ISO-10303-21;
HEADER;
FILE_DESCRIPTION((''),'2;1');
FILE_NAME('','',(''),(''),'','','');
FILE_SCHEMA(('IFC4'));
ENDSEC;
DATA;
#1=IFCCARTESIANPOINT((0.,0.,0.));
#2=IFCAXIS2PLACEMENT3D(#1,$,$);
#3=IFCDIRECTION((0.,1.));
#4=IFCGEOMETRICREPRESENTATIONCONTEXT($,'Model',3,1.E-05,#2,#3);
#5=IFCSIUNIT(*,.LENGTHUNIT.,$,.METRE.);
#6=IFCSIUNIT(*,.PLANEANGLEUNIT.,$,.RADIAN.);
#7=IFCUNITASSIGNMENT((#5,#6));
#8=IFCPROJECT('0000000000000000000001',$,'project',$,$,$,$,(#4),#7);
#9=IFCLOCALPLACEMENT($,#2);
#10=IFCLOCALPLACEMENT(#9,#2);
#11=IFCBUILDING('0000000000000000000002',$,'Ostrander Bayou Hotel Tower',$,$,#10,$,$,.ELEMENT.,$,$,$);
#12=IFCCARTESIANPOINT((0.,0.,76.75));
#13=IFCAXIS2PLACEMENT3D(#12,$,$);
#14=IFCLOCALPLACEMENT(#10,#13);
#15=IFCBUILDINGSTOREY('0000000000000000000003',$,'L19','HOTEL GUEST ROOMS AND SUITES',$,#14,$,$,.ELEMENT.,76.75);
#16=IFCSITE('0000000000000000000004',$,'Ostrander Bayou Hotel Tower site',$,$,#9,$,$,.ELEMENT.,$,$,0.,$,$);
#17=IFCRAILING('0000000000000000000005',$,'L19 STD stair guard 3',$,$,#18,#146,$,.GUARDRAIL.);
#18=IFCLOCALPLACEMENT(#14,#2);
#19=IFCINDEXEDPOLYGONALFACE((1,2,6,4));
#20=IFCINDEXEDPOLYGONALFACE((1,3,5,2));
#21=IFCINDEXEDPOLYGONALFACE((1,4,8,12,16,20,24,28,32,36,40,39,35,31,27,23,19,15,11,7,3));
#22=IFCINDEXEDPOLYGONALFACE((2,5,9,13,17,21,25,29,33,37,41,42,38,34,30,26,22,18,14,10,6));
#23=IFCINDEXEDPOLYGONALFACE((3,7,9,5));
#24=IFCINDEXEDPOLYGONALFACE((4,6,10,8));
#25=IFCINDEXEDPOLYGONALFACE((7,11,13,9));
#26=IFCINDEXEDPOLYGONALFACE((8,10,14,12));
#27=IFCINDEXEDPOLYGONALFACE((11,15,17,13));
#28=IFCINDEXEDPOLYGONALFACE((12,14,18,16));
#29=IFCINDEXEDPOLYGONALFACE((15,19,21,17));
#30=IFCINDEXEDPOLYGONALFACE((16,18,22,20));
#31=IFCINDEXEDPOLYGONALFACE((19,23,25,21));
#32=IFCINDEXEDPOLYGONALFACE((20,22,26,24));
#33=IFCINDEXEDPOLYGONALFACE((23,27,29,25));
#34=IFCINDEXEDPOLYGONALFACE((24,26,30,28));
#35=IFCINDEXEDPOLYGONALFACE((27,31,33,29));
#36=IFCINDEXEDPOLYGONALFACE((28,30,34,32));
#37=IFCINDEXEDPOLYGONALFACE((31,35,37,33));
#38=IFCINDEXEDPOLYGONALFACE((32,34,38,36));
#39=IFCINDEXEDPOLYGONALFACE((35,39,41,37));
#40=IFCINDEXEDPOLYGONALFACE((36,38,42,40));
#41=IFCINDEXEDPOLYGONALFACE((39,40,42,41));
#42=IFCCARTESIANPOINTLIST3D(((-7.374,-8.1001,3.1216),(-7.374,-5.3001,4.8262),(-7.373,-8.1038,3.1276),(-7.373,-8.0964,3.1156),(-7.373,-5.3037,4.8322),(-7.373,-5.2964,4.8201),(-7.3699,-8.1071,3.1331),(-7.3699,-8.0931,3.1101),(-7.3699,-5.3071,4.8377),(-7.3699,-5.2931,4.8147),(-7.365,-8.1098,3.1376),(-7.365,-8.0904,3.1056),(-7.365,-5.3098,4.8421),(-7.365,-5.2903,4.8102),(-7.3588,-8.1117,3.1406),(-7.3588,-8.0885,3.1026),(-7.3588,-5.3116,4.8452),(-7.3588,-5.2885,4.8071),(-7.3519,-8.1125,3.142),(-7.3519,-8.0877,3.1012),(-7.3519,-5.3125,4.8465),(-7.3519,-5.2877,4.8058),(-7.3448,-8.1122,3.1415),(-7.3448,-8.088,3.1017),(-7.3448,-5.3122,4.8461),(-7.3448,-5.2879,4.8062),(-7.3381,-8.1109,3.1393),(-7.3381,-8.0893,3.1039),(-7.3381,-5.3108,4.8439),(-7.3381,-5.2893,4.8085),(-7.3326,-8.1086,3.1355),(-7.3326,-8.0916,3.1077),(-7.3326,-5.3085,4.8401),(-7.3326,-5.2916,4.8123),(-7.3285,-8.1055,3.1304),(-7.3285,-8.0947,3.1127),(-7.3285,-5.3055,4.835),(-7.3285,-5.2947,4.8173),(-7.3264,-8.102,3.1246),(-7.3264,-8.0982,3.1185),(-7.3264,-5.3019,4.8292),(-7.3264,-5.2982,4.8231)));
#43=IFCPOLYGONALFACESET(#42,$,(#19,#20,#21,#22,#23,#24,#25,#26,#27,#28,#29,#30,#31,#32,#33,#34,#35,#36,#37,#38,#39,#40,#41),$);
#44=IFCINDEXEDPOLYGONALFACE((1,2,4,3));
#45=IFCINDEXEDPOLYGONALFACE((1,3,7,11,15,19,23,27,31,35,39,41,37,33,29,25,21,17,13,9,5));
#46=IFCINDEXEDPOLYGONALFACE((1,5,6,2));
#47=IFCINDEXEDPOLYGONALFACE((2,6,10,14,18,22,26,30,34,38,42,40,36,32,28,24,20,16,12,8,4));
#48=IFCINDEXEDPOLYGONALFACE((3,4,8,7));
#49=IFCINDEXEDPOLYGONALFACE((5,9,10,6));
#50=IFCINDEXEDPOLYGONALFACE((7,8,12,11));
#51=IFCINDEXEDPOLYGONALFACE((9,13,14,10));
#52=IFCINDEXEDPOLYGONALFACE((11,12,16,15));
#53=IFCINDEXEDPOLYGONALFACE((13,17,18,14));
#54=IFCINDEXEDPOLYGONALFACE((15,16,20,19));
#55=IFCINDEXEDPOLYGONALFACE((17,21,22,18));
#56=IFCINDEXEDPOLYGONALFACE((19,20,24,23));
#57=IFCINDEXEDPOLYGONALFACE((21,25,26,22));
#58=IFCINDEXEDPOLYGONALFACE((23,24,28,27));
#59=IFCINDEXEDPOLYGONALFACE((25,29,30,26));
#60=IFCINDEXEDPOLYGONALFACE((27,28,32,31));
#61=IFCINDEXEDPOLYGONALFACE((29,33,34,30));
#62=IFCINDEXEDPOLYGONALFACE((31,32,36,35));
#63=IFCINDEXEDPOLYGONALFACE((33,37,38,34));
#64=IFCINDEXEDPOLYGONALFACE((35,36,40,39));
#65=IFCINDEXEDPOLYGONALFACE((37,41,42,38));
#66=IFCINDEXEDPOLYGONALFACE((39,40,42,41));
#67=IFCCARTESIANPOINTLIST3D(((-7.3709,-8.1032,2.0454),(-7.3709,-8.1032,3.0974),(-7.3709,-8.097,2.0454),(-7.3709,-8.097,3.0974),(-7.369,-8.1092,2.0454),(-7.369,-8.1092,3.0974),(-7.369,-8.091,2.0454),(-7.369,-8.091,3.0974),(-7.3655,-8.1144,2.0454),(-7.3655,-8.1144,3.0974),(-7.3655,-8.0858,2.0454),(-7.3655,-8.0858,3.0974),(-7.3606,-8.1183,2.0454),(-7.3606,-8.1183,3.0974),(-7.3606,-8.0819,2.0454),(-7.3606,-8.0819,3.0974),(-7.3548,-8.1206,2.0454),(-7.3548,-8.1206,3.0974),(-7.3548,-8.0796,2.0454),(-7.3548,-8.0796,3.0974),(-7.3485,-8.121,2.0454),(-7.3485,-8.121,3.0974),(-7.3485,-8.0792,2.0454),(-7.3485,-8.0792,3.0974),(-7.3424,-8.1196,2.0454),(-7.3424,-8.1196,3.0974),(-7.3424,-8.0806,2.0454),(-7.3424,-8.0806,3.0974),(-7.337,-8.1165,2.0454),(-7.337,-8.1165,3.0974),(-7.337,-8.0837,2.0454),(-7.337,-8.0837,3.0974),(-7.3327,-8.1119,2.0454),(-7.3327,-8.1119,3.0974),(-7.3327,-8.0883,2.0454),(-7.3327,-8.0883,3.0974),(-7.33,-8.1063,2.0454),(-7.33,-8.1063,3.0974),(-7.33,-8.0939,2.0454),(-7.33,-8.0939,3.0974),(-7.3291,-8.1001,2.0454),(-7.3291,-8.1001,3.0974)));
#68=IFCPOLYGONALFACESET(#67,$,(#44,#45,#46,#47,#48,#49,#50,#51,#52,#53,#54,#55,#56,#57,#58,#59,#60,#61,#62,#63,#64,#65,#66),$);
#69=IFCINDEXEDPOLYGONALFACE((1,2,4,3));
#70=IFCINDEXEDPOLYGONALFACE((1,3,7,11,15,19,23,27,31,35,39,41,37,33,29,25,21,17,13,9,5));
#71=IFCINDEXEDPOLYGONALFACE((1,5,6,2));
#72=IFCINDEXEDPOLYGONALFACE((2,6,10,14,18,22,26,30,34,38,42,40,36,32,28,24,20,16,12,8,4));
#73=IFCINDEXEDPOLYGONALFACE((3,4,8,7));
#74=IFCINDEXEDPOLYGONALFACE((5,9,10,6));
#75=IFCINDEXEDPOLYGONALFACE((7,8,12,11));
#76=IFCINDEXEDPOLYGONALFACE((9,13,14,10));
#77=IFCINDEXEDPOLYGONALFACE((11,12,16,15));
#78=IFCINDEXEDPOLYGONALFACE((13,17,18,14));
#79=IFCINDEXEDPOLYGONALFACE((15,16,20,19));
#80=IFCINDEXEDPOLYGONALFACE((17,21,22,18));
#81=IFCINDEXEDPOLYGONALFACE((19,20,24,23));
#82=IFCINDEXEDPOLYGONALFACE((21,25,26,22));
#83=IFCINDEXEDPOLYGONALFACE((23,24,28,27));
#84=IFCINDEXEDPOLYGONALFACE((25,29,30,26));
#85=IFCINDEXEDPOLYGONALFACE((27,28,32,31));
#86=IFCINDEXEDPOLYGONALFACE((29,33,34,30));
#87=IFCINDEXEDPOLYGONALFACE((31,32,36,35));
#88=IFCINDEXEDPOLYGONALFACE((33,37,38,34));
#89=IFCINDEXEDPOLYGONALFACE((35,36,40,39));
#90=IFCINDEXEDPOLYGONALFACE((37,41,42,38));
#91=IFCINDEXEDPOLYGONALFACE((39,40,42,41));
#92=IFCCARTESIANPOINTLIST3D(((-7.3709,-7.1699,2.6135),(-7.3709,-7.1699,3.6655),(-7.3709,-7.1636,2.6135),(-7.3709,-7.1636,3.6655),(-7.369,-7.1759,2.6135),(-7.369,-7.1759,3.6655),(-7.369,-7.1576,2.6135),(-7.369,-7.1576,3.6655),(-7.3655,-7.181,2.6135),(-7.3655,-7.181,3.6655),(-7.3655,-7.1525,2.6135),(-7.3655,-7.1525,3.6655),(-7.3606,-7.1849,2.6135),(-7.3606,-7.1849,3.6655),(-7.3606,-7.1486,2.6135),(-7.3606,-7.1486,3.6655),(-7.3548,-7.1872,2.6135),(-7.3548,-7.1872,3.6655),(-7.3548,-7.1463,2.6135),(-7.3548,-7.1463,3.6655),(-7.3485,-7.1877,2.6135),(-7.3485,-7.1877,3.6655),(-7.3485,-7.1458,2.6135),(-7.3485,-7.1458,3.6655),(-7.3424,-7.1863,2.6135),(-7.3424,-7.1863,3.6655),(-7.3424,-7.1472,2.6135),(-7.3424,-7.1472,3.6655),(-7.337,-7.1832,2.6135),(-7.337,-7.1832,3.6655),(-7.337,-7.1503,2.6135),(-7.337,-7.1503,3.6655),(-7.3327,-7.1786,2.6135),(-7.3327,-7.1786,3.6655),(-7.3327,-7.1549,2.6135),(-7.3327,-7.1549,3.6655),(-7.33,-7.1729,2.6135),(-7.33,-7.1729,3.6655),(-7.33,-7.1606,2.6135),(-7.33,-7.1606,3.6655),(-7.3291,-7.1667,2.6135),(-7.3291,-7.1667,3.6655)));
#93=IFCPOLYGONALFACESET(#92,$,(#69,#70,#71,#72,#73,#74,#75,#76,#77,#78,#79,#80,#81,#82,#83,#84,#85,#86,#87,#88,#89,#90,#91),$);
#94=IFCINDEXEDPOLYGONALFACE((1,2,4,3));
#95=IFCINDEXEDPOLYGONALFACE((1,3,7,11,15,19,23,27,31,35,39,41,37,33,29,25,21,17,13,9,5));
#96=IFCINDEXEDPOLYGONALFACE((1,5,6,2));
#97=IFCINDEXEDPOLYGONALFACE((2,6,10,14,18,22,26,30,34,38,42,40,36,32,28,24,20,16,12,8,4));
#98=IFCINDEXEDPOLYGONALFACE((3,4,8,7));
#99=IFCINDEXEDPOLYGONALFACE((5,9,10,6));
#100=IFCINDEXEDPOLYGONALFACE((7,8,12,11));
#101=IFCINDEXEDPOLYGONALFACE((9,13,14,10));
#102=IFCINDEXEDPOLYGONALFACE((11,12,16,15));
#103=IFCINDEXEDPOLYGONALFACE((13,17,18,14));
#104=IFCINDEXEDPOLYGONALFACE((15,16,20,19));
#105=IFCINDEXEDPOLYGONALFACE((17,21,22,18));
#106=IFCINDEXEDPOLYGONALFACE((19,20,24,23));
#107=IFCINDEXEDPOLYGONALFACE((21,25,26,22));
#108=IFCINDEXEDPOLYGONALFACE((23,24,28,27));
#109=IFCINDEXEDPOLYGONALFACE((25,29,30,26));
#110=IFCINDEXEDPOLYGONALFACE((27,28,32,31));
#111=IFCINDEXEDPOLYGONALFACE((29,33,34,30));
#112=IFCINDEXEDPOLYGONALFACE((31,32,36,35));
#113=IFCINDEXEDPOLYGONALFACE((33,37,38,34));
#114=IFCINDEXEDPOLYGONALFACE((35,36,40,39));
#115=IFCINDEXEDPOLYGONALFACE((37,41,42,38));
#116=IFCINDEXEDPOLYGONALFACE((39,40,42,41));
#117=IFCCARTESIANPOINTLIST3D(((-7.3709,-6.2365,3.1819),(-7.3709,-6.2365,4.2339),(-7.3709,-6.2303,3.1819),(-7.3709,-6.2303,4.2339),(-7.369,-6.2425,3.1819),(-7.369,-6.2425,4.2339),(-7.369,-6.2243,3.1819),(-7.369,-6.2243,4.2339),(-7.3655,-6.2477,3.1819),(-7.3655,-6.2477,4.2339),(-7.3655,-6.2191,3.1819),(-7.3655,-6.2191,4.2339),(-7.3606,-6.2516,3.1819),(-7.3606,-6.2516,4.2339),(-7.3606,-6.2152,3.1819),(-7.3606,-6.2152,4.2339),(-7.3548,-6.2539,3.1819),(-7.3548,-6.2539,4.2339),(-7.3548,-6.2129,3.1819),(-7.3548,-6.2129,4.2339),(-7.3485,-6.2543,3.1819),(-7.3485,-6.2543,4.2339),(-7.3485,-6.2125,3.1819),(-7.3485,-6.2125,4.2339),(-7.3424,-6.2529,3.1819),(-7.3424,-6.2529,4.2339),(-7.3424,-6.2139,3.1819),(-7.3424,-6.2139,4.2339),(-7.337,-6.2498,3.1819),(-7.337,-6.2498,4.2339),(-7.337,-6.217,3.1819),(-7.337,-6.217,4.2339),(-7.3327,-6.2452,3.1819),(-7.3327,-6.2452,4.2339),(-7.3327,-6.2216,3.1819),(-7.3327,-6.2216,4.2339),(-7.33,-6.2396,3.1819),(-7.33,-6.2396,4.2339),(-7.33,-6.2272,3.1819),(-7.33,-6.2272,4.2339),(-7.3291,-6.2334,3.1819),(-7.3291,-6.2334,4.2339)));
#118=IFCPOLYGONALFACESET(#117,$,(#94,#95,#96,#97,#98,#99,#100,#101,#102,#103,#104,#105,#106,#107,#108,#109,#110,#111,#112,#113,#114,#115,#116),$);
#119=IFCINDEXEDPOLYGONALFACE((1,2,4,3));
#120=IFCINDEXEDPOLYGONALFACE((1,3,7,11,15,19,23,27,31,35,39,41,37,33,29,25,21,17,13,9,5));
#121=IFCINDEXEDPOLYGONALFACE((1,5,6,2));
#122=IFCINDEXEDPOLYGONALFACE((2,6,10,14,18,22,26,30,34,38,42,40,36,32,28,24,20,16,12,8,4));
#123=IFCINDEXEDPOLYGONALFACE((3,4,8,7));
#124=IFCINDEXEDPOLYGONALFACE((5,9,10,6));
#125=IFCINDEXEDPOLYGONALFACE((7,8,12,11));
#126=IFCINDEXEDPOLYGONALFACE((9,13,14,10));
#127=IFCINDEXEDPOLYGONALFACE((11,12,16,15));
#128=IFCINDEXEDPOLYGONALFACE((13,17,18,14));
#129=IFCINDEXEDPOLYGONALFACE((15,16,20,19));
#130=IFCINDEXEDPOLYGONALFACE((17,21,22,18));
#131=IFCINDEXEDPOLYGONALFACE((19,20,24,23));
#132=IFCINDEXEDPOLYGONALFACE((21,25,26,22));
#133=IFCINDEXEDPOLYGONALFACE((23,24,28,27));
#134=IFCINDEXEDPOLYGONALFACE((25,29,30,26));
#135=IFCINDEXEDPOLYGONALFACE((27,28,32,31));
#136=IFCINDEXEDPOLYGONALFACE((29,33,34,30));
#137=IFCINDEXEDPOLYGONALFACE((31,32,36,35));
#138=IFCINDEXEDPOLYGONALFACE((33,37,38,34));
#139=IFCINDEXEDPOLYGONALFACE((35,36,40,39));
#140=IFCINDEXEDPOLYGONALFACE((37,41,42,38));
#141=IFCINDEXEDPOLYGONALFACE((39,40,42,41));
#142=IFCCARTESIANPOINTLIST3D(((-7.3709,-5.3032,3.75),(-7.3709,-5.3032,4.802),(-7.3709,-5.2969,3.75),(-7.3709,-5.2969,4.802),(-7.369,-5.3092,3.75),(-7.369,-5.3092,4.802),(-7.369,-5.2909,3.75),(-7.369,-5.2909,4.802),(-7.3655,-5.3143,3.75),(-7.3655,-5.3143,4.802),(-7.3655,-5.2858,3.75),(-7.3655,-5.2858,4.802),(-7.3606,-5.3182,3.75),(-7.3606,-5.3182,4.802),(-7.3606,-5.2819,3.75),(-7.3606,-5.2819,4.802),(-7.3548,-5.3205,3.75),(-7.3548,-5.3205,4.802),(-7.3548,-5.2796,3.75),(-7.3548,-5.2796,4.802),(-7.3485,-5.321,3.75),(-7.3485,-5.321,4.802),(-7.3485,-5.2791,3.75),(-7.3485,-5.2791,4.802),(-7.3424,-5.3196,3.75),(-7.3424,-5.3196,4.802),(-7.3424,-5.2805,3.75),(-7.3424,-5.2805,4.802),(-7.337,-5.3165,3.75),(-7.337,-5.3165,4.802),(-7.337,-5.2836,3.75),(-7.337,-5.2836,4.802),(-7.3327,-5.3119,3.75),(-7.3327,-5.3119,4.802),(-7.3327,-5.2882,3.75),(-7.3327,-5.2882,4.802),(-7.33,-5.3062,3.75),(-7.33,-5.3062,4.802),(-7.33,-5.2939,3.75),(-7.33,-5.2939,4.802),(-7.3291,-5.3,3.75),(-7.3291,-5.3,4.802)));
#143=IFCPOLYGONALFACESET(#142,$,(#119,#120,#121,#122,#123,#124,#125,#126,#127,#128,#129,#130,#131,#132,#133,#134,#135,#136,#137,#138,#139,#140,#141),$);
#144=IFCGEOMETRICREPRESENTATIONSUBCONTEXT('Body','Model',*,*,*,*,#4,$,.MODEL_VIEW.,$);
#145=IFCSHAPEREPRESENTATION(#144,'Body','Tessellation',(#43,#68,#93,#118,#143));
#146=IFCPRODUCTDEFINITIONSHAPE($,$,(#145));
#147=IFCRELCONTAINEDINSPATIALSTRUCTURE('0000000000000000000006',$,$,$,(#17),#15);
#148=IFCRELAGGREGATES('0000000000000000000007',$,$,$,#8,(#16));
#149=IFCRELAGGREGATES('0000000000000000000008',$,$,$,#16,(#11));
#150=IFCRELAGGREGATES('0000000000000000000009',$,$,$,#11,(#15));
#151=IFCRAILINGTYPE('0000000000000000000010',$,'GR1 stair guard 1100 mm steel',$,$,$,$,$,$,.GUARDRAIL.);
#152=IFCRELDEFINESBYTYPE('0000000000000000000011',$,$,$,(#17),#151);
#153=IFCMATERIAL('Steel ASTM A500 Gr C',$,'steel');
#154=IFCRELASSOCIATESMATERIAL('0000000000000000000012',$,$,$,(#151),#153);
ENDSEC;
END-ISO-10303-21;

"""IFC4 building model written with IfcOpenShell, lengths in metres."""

from ifc_helpers import new_model, si_unit, direction, frame, origin, origin_2d, place, context, subcontext, project, spatial, circle, extrude, material, type_object, element, save


model = new_model("IFC4")

# Units and contexts
model_context = context("Model", 3, precision=1e-05, world=origin(), true_north=direction((0.0, 1.0)))
body_context = subcontext(model_context, "Body", "Model", "MODEL_VIEW")
ifc_project = project(units=[si_unit("LENGTHUNIT", "METRE"), si_unit("PLANEANGLEUNIT", "RADIAN")], contexts=[model_context])

# Site, building, storey
site_placement = place(None, origin())
site = spatial("IfcSite", under=ifc_project, at=site_placement, Name="Ostrander Bayou Hotel Tower site", CompositionType="ELEMENT", RefElevation=0.0)
building_placement = place(site_placement, origin())
building = spatial("IfcBuilding", under=site, at=building_placement, Name="Ostrander Bayou Hotel Tower", CompositionType="ELEMENT")
storey_placement = place(building_placement, frame((0.0, 0.0, 76.75)))
storey = spatial("IfcBuildingStorey", under=building, at=storey_placement, Name="L19", Description="HOTEL GUEST ROOMS AND SUITES", CompositionType="ELEMENT", Elevation=76.75)

# Railing
ifc_material_1 = material(Name="Steel ASTM A500 Gr C", Category="steel")
railing_type_1 = type_object("IfcRailingType", Name="GR1 stair guard 1100 mm steel", PredefinedType="GUARDRAIL", material=ifc_material_1)
railing_1_placement = place(storey_placement, frame((-7.3501, -8.1001, 2.0454)))
element("IfcRailing", 1, at=railing_1_placement, inside=storey, type_object=railing_type_1, Name="L19 STD stair guard 3", PredefinedType="GUARDRAIL", context=body_context, shape_type="SweptSolid", body=[
    extrude(circle(Radius=0.0239, at=origin_2d()), frame((0.0, 0.0, 1.0762), z_axis=(0.0, 0.85417, 0.519994), x_axis=(-1.0, 0.0, 0.0)), (0.0, 0.0, 1.0), 3.2781),
    extrude(circle(Radius=0.021, at=origin_2d()), origin(), (0.0, 0.0, 1.0), 1.052),
    extrude(circle(Radius=0.021, at=origin_2d()), frame((0.0, 0.9333, 0.5681)), (0.0, 0.0, 1.0), 1.052),
    extrude(circle(Radius=0.021, at=origin_2d()), frame((0.0, 1.8667, 1.1365)), (0.0, 0.0, 1.0), 1.052),
    extrude(circle(Radius=0.021, at=origin_2d()), frame((0.0, 2.8, 1.7046)), (0.0, 0.0, 1.0), 1.052),
])

save(model, "model.ifc")
